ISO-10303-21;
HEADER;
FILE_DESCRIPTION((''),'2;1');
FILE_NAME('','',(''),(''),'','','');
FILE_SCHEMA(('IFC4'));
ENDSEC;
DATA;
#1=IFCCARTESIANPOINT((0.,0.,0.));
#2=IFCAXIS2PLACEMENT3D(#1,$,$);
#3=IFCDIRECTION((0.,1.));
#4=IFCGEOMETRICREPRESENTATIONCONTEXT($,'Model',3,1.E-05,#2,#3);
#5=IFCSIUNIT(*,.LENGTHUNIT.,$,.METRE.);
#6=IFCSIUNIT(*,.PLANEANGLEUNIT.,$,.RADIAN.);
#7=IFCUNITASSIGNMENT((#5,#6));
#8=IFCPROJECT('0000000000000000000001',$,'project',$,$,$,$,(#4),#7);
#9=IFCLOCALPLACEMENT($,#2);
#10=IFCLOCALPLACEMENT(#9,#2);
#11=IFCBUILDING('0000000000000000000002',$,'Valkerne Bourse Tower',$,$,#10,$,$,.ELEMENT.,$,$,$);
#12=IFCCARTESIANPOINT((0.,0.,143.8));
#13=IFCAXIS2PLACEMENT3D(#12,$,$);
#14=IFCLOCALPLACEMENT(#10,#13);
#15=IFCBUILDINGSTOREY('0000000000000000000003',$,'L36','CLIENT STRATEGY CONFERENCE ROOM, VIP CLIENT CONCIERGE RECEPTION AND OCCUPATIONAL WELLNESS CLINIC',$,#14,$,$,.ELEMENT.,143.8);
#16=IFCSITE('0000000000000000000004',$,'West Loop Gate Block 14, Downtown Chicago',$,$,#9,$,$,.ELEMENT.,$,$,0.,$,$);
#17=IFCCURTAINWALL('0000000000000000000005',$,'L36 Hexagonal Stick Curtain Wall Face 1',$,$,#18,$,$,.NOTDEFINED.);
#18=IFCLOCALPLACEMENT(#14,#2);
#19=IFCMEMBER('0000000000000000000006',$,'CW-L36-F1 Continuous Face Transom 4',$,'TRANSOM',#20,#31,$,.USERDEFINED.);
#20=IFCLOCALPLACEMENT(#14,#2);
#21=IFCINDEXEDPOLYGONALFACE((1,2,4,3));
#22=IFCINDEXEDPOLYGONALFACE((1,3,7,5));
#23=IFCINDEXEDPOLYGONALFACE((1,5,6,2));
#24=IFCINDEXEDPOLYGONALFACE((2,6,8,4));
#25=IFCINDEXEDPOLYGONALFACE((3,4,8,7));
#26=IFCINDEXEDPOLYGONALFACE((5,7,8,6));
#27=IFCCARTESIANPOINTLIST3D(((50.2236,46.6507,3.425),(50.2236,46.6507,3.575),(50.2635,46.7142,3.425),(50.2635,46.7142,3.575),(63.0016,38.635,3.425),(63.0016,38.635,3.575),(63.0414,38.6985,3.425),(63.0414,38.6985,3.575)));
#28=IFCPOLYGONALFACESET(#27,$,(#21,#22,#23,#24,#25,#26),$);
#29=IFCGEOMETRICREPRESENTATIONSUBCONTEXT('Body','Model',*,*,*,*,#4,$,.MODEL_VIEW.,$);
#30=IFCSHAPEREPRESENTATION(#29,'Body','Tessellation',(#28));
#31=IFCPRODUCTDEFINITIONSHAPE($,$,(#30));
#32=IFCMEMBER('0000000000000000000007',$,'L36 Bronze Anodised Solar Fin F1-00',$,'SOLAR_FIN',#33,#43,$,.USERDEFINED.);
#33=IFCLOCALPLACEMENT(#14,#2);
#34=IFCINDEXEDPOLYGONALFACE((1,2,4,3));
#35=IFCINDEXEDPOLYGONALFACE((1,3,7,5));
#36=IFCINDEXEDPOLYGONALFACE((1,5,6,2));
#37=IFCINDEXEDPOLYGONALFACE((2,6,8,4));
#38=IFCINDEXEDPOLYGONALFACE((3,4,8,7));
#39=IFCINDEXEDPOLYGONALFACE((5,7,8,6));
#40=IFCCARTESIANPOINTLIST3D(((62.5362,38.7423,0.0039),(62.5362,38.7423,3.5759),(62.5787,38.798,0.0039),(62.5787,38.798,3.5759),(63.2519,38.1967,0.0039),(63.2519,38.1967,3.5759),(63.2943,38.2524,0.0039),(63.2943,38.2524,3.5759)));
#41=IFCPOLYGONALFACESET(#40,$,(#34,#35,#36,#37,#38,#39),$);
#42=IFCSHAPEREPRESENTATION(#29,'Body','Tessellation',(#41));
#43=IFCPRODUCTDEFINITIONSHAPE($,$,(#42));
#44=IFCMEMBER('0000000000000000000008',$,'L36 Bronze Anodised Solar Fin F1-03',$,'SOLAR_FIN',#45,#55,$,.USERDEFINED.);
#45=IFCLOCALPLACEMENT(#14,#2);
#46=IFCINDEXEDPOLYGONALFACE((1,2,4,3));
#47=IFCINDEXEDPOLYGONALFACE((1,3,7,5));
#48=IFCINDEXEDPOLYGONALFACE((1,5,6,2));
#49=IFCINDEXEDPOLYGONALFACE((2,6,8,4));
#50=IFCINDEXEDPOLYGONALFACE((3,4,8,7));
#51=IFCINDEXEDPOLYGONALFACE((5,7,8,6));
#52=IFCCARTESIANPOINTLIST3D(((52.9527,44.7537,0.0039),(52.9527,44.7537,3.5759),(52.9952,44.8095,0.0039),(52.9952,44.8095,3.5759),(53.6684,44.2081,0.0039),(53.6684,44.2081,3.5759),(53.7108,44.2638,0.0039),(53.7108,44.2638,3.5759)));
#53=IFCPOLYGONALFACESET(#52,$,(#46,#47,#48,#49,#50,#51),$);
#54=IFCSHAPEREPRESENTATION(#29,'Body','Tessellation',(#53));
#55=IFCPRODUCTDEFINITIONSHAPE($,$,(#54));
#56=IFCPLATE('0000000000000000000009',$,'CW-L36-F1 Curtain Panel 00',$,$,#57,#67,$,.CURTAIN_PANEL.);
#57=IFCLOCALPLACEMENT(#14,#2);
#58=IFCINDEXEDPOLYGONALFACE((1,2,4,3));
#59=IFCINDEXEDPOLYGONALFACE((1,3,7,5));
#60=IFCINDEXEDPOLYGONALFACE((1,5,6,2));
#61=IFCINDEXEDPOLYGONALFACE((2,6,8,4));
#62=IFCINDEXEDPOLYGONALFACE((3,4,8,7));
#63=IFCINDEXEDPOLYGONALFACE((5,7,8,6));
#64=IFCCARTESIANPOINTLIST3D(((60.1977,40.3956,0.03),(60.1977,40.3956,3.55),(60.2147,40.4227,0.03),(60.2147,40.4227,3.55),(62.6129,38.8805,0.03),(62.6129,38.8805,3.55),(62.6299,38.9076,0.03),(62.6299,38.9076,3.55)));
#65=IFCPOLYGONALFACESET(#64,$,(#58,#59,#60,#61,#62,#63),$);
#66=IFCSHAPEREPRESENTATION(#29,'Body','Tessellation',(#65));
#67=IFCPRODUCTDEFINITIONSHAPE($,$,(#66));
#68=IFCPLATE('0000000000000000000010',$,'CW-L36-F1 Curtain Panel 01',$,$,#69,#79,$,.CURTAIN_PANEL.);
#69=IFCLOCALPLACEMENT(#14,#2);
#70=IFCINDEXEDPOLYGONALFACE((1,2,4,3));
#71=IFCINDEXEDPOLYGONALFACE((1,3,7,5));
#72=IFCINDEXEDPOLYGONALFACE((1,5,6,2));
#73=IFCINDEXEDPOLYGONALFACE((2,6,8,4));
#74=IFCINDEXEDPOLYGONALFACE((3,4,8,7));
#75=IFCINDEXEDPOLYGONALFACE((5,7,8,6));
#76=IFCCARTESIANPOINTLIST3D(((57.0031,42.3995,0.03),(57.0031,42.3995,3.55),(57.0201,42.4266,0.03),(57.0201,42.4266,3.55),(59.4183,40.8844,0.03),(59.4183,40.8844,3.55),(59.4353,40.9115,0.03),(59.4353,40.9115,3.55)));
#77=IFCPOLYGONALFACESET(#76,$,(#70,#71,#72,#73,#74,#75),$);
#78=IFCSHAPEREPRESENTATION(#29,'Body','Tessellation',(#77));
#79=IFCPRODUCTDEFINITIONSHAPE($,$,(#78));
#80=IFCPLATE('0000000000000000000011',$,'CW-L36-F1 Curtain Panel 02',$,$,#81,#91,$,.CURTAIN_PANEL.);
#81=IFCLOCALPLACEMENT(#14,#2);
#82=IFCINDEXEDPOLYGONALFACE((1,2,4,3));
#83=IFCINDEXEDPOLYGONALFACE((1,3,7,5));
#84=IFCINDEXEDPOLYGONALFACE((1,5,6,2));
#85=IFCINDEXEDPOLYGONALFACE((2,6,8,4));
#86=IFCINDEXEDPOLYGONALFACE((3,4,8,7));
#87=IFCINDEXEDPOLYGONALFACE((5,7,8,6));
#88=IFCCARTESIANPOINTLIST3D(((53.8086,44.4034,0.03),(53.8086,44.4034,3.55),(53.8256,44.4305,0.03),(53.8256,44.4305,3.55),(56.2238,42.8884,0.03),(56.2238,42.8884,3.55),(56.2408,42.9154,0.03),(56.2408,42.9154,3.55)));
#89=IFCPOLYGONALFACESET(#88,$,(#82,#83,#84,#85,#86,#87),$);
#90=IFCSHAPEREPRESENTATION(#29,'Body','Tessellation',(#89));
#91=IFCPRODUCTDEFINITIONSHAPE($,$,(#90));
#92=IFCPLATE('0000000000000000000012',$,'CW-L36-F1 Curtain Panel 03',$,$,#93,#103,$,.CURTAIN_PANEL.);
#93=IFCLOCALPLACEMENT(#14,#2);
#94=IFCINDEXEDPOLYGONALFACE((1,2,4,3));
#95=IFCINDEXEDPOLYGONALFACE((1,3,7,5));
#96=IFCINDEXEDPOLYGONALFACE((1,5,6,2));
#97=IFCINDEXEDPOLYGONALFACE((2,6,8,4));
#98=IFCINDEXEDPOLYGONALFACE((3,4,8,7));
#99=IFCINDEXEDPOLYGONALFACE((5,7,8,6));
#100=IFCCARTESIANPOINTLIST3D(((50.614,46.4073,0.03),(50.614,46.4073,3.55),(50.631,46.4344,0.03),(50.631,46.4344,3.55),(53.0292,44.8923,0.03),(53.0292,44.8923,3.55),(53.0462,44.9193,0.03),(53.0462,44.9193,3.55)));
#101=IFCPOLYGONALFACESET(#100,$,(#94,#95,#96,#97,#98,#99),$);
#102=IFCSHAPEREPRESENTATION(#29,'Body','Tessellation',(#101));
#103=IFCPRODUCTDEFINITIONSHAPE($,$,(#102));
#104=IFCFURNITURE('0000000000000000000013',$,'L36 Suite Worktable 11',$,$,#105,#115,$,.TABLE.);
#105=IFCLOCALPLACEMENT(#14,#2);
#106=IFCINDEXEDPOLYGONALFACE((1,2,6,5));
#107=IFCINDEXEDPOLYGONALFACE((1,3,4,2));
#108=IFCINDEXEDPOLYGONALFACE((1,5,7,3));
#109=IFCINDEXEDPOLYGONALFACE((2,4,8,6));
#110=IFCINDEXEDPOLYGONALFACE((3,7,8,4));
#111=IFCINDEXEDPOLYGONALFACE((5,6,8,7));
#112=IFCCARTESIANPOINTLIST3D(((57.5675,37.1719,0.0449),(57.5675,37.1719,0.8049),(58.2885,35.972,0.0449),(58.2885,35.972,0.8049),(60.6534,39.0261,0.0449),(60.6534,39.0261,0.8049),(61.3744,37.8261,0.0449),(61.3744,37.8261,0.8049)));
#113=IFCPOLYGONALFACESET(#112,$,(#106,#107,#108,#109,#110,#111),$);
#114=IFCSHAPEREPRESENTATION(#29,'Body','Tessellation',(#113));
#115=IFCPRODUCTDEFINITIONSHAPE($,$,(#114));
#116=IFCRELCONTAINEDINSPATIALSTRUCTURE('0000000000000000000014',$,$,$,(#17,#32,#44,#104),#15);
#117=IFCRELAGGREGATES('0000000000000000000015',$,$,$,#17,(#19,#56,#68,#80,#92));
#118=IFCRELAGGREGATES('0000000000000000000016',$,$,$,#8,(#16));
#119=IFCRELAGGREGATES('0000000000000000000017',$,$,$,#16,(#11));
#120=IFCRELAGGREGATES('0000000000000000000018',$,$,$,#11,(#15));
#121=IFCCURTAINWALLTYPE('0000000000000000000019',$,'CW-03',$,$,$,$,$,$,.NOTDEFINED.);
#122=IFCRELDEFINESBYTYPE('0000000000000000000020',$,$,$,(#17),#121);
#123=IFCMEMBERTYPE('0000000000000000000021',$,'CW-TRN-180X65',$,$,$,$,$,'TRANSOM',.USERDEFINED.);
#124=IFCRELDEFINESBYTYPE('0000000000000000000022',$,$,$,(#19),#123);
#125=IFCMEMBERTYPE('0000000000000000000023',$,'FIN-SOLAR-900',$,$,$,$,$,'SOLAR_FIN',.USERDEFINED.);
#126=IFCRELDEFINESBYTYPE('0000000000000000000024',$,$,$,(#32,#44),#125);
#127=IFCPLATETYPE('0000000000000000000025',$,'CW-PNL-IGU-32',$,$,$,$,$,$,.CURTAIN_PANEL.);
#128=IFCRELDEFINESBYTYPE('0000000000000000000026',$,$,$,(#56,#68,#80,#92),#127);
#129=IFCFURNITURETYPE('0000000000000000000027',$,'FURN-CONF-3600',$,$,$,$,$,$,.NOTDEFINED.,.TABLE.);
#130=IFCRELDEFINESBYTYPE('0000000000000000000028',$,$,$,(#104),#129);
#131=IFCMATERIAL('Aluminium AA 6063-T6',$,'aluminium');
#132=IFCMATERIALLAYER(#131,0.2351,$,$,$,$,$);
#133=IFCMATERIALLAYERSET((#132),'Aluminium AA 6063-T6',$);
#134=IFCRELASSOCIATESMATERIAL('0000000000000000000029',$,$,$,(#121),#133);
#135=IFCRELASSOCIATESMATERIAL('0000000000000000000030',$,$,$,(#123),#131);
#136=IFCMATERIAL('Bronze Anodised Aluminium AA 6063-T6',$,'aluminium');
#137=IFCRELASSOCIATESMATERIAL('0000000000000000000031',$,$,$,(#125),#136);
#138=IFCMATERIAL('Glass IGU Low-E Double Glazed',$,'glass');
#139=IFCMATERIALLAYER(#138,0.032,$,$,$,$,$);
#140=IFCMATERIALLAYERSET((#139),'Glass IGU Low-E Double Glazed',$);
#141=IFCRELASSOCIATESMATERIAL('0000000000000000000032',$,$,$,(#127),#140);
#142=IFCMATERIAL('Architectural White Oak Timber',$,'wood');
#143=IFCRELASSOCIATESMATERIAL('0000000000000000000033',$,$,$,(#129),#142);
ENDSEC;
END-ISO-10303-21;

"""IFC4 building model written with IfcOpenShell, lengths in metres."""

from ifc_helpers import new_model, si_unit, direction, frame, origin, origin_2d, place, context, subcontext, project, spatial, rectangle, extrude, material, layer, layer_set, material_profile, profile_set, type_object, element, aggregate, save


model = new_model("IFC4")

# Units and contexts
model_context = context("Model", 3, precision=1e-05, world=origin(), true_north=direction((0.0, 1.0)))
body_context = subcontext(model_context, "Body", "Model", "MODEL_VIEW")
ifc_project = project(units=[si_unit("LENGTHUNIT", "METRE"), si_unit("PLANEANGLEUNIT", "RADIAN")], contexts=[model_context])

# Site, building, storey
site_placement = place(None, origin())
site = spatial("IfcSite", under=ifc_project, at=site_placement, Name="West Loop Gate Block 14, Downtown Chicago", CompositionType="ELEMENT", RefElevation=0.0)
building_placement = place(site_placement, origin())
building = spatial("IfcBuilding", under=site, at=building_placement, Name="Valkerne Bourse Tower", CompositionType="ELEMENT")
storey_placement = place(building_placement, frame((0.0, 0.0, 143.8)))
storey = spatial("IfcBuildingStorey", under=building, at=storey_placement, Name="L36", Description="CLIENT STRATEGY CONFERENCE ROOM, VIP CLIENT CONCIERGE RECEPTION AND OCCUPATIONAL WELLNESS CLINIC", CompositionType="ELEMENT", Elevation=143.8)

# Curtain wall, member
ifc_material_1 = material(Name="Aluminium AA 6063-T6", Category="aluminium")
ifc_layer_1 = layer(ifc_material_1, 0.2351)
ifc_layer_set_1 = layer_set([ifc_layer_1], Name="Aluminium AA 6063-T6")
curtain_wall_type = type_object("IfcCurtainWallType", Name="CW-03", PredefinedType="NOTDEFINED", material=ifc_layer_set_1)
curtain_wall_placement = place(storey_placement, origin())
curtain_wall = element("IfcCurtainWall", 1, at=curtain_wall_placement, inside=storey, type_object=curtain_wall_type, Name="L36 Hexagonal Stick Curtain Wall Face 1", PredefinedType="NOTDEFINED")
ifc_material_profile_1 = material_profile(ifc_material_1, rectangle(XDim=0.075, YDim=0.1499, at=origin_2d()), Name="CWT-75X150")
ifc_profile_set_1 = profile_set([ifc_material_profile_1], Name="Aluminium AA 6063-T6")
member_type_1 = type_object("IfcMemberType", Name="CW-TRN-180X65", ElementType="TRANSOM", PredefinedType="USERDEFINED", material=ifc_profile_set_1)
member_1_placement = place(storey_placement, frame((63.0215, 38.6667, 3.5), z_axis=(-0.847119, 0.531404, 0.0), x_axis=(-0.531404, -0.847119, 0.0)))
member_1 = element("IfcMember", 2, at=member_1_placement, type_object=member_type_1, Name="CW-L36-F1 Continuous Face Transom 4", ObjectType="TRANSOM", PredefinedType="USERDEFINED", context=body_context, shape_type="SweptSolid", body=[
    extrude(rectangle(XDim=0.075, YDim=0.1499, at=origin_2d()), origin(), (0.0, 0.0, 1.0), 15.084),
])

# Members
ifc_material_2 = material(Name="Bronze Anodised Aluminium AA 6063-T6", Category="aluminium")
ifc_material_profile_2 = material_profile(ifc_material_2, rectangle(XDim=0.0701, YDim=0.8999, at=origin_2d()), Name="FIN-70X900")
ifc_profile_set_2 = profile_set([ifc_material_profile_2], Name="Bronze Anodised Aluminium AA 6063-T6")
member_type_2 = type_object("IfcMemberType", Name="FIN-SOLAR-900", ElementType="SOLAR_FIN", PredefinedType="USERDEFINED", material=ifc_profile_set_2)
for number, where, z_axis, x_axis, name in (
    (3, (62.9153, 38.4973, 0.0039), (0.0, 0.0, 1.0), (0.606291, 0.795243, 0.0), "L36 Bronze Anodised Solar Fin F1-00"),
    (4, (53.3318, 44.5088, 0.0039), (0.0, 0.0, 1.0), (0.606291, 0.795243, 0.0), "L36 Bronze Anodised Solar Fin F1-03"),
):
    element("IfcMember", number, at=place(storey_placement, frame(where, z_axis=z_axis, x_axis=x_axis)), inside=storey, type_object=member_type_2, Name=name, ObjectType="SOLAR_FIN", PredefinedType="USERDEFINED", context=body_context, shape_type="SweptSolid", body=[
        extrude(rectangle(XDim=0.0701, YDim=0.8999, at=origin_2d()), origin(), (0.0, 0.0, 1.0), 3.572),
    ])

# Plates
ifc_material_3 = material(Name="Glass IGU Low-E Double Glazed", Category="glass")
ifc_layer_2 = layer(ifc_material_3, 0.032)
ifc_layer_set_2 = layer_set([ifc_layer_2], Name="Glass IGU Low-E Double Glazed")
plate_type = type_object("IfcPlateType", Name="CW-PNL-IGU-32", PredefinedType="CURTAIN_PANEL", material=ifc_layer_set_2)
plate_1_placement = place(storey_placement, frame((61.4138, 39.6516, 0.03), z_axis=(0.0, 0.0, 1.0), x_axis=(-0.847123, 0.531397, 0.0)))
plate_1 = element("IfcPlate", 5, at=plate_1_placement, type_object=plate_type, Name="CW-L36-F1 Curtain Panel 00", PredefinedType="CURTAIN_PANEL", context=body_context, shape_type="SweptSolid", body=[
    extrude(rectangle(XDim=2.8511, YDim=0.032, at=origin_2d()), origin(), (0.0, 0.0, 1.0), 3.52),
])
plate_2_placement = place(storey_placement, frame((58.2192, 41.6555, 0.03), z_axis=(0.0, 0.0, 1.0), x_axis=(-0.847123, 0.531397, 0.0)))
plate_2 = element("IfcPlate", 6, at=plate_2_placement, type_object=plate_type, Name="CW-L36-F1 Curtain Panel 01", PredefinedType="CURTAIN_PANEL", context=body_context, shape_type="SweptSolid", body=[
    extrude(rectangle(XDim=2.8511, YDim=0.032, at=origin_2d()), origin(), (0.0, 0.0, 1.0), 3.52),
])
plate_3_placement = place(storey_placement, frame((55.0247, 43.6594, 0.03), z_axis=(0.0, 0.0, 1.0), x_axis=(-0.847123, 0.531397, 0.0)))
plate_3 = element("IfcPlate", 7, at=plate_3_placement, type_object=plate_type, Name="CW-L36-F1 Curtain Panel 02", PredefinedType="CURTAIN_PANEL", context=body_context, shape_type="SweptSolid", body=[
    extrude(rectangle(XDim=2.8511, YDim=0.032, at=origin_2d()), origin(), (0.0, 0.0, 1.0), 3.52),
])
plate_4_placement = place(storey_placement, frame((51.8301, 45.6633, 0.03), z_axis=(0.0, 0.0, 1.0), x_axis=(-0.847123, 0.531397, 0.0)))
plate_4 = element("IfcPlate", 8, at=plate_4_placement, type_object=plate_type, Name="CW-L36-F1 Curtain Panel 03", PredefinedType="CURTAIN_PANEL", context=body_context, shape_type="SweptSolid", body=[
    extrude(rectangle(XDim=2.8511, YDim=0.032, at=origin_2d()), origin(), (0.0, 0.0, 1.0), 3.52),
])
aggregate(curtain_wall, [member_1, plate_1, plate_2, plate_3, plate_4])

# Furniture
ifc_material_4 = material(Name="Architectural White Oak Timber", Category="wood")
furniture_type = type_object("IfcFurnitureType", Name="FURN-CONF-3600", AssemblyPlace="NOTDEFINED", PredefinedType="TABLE", material=ifc_material_4)
furniture_placement = place(storey_placement, frame((59.4709, 37.499, 0.0449), z_axis=(0.0, 0.0, 1.0), x_axis=(0.857167, 0.515038, 0.0)))
element("IfcFurniture", 9, at=furniture_placement, inside=storey, type_object=furniture_type, Name="L36 Suite Worktable 11", PredefinedType="TABLE", context=body_context, shape_type="SweptSolid", body=[
    extrude(rectangle(XDim=3.6001, YDim=1.3999, at=origin_2d()), origin(), (0.0, 0.0, 1.0), 0.76),
])

save(model, "model.ifc")
